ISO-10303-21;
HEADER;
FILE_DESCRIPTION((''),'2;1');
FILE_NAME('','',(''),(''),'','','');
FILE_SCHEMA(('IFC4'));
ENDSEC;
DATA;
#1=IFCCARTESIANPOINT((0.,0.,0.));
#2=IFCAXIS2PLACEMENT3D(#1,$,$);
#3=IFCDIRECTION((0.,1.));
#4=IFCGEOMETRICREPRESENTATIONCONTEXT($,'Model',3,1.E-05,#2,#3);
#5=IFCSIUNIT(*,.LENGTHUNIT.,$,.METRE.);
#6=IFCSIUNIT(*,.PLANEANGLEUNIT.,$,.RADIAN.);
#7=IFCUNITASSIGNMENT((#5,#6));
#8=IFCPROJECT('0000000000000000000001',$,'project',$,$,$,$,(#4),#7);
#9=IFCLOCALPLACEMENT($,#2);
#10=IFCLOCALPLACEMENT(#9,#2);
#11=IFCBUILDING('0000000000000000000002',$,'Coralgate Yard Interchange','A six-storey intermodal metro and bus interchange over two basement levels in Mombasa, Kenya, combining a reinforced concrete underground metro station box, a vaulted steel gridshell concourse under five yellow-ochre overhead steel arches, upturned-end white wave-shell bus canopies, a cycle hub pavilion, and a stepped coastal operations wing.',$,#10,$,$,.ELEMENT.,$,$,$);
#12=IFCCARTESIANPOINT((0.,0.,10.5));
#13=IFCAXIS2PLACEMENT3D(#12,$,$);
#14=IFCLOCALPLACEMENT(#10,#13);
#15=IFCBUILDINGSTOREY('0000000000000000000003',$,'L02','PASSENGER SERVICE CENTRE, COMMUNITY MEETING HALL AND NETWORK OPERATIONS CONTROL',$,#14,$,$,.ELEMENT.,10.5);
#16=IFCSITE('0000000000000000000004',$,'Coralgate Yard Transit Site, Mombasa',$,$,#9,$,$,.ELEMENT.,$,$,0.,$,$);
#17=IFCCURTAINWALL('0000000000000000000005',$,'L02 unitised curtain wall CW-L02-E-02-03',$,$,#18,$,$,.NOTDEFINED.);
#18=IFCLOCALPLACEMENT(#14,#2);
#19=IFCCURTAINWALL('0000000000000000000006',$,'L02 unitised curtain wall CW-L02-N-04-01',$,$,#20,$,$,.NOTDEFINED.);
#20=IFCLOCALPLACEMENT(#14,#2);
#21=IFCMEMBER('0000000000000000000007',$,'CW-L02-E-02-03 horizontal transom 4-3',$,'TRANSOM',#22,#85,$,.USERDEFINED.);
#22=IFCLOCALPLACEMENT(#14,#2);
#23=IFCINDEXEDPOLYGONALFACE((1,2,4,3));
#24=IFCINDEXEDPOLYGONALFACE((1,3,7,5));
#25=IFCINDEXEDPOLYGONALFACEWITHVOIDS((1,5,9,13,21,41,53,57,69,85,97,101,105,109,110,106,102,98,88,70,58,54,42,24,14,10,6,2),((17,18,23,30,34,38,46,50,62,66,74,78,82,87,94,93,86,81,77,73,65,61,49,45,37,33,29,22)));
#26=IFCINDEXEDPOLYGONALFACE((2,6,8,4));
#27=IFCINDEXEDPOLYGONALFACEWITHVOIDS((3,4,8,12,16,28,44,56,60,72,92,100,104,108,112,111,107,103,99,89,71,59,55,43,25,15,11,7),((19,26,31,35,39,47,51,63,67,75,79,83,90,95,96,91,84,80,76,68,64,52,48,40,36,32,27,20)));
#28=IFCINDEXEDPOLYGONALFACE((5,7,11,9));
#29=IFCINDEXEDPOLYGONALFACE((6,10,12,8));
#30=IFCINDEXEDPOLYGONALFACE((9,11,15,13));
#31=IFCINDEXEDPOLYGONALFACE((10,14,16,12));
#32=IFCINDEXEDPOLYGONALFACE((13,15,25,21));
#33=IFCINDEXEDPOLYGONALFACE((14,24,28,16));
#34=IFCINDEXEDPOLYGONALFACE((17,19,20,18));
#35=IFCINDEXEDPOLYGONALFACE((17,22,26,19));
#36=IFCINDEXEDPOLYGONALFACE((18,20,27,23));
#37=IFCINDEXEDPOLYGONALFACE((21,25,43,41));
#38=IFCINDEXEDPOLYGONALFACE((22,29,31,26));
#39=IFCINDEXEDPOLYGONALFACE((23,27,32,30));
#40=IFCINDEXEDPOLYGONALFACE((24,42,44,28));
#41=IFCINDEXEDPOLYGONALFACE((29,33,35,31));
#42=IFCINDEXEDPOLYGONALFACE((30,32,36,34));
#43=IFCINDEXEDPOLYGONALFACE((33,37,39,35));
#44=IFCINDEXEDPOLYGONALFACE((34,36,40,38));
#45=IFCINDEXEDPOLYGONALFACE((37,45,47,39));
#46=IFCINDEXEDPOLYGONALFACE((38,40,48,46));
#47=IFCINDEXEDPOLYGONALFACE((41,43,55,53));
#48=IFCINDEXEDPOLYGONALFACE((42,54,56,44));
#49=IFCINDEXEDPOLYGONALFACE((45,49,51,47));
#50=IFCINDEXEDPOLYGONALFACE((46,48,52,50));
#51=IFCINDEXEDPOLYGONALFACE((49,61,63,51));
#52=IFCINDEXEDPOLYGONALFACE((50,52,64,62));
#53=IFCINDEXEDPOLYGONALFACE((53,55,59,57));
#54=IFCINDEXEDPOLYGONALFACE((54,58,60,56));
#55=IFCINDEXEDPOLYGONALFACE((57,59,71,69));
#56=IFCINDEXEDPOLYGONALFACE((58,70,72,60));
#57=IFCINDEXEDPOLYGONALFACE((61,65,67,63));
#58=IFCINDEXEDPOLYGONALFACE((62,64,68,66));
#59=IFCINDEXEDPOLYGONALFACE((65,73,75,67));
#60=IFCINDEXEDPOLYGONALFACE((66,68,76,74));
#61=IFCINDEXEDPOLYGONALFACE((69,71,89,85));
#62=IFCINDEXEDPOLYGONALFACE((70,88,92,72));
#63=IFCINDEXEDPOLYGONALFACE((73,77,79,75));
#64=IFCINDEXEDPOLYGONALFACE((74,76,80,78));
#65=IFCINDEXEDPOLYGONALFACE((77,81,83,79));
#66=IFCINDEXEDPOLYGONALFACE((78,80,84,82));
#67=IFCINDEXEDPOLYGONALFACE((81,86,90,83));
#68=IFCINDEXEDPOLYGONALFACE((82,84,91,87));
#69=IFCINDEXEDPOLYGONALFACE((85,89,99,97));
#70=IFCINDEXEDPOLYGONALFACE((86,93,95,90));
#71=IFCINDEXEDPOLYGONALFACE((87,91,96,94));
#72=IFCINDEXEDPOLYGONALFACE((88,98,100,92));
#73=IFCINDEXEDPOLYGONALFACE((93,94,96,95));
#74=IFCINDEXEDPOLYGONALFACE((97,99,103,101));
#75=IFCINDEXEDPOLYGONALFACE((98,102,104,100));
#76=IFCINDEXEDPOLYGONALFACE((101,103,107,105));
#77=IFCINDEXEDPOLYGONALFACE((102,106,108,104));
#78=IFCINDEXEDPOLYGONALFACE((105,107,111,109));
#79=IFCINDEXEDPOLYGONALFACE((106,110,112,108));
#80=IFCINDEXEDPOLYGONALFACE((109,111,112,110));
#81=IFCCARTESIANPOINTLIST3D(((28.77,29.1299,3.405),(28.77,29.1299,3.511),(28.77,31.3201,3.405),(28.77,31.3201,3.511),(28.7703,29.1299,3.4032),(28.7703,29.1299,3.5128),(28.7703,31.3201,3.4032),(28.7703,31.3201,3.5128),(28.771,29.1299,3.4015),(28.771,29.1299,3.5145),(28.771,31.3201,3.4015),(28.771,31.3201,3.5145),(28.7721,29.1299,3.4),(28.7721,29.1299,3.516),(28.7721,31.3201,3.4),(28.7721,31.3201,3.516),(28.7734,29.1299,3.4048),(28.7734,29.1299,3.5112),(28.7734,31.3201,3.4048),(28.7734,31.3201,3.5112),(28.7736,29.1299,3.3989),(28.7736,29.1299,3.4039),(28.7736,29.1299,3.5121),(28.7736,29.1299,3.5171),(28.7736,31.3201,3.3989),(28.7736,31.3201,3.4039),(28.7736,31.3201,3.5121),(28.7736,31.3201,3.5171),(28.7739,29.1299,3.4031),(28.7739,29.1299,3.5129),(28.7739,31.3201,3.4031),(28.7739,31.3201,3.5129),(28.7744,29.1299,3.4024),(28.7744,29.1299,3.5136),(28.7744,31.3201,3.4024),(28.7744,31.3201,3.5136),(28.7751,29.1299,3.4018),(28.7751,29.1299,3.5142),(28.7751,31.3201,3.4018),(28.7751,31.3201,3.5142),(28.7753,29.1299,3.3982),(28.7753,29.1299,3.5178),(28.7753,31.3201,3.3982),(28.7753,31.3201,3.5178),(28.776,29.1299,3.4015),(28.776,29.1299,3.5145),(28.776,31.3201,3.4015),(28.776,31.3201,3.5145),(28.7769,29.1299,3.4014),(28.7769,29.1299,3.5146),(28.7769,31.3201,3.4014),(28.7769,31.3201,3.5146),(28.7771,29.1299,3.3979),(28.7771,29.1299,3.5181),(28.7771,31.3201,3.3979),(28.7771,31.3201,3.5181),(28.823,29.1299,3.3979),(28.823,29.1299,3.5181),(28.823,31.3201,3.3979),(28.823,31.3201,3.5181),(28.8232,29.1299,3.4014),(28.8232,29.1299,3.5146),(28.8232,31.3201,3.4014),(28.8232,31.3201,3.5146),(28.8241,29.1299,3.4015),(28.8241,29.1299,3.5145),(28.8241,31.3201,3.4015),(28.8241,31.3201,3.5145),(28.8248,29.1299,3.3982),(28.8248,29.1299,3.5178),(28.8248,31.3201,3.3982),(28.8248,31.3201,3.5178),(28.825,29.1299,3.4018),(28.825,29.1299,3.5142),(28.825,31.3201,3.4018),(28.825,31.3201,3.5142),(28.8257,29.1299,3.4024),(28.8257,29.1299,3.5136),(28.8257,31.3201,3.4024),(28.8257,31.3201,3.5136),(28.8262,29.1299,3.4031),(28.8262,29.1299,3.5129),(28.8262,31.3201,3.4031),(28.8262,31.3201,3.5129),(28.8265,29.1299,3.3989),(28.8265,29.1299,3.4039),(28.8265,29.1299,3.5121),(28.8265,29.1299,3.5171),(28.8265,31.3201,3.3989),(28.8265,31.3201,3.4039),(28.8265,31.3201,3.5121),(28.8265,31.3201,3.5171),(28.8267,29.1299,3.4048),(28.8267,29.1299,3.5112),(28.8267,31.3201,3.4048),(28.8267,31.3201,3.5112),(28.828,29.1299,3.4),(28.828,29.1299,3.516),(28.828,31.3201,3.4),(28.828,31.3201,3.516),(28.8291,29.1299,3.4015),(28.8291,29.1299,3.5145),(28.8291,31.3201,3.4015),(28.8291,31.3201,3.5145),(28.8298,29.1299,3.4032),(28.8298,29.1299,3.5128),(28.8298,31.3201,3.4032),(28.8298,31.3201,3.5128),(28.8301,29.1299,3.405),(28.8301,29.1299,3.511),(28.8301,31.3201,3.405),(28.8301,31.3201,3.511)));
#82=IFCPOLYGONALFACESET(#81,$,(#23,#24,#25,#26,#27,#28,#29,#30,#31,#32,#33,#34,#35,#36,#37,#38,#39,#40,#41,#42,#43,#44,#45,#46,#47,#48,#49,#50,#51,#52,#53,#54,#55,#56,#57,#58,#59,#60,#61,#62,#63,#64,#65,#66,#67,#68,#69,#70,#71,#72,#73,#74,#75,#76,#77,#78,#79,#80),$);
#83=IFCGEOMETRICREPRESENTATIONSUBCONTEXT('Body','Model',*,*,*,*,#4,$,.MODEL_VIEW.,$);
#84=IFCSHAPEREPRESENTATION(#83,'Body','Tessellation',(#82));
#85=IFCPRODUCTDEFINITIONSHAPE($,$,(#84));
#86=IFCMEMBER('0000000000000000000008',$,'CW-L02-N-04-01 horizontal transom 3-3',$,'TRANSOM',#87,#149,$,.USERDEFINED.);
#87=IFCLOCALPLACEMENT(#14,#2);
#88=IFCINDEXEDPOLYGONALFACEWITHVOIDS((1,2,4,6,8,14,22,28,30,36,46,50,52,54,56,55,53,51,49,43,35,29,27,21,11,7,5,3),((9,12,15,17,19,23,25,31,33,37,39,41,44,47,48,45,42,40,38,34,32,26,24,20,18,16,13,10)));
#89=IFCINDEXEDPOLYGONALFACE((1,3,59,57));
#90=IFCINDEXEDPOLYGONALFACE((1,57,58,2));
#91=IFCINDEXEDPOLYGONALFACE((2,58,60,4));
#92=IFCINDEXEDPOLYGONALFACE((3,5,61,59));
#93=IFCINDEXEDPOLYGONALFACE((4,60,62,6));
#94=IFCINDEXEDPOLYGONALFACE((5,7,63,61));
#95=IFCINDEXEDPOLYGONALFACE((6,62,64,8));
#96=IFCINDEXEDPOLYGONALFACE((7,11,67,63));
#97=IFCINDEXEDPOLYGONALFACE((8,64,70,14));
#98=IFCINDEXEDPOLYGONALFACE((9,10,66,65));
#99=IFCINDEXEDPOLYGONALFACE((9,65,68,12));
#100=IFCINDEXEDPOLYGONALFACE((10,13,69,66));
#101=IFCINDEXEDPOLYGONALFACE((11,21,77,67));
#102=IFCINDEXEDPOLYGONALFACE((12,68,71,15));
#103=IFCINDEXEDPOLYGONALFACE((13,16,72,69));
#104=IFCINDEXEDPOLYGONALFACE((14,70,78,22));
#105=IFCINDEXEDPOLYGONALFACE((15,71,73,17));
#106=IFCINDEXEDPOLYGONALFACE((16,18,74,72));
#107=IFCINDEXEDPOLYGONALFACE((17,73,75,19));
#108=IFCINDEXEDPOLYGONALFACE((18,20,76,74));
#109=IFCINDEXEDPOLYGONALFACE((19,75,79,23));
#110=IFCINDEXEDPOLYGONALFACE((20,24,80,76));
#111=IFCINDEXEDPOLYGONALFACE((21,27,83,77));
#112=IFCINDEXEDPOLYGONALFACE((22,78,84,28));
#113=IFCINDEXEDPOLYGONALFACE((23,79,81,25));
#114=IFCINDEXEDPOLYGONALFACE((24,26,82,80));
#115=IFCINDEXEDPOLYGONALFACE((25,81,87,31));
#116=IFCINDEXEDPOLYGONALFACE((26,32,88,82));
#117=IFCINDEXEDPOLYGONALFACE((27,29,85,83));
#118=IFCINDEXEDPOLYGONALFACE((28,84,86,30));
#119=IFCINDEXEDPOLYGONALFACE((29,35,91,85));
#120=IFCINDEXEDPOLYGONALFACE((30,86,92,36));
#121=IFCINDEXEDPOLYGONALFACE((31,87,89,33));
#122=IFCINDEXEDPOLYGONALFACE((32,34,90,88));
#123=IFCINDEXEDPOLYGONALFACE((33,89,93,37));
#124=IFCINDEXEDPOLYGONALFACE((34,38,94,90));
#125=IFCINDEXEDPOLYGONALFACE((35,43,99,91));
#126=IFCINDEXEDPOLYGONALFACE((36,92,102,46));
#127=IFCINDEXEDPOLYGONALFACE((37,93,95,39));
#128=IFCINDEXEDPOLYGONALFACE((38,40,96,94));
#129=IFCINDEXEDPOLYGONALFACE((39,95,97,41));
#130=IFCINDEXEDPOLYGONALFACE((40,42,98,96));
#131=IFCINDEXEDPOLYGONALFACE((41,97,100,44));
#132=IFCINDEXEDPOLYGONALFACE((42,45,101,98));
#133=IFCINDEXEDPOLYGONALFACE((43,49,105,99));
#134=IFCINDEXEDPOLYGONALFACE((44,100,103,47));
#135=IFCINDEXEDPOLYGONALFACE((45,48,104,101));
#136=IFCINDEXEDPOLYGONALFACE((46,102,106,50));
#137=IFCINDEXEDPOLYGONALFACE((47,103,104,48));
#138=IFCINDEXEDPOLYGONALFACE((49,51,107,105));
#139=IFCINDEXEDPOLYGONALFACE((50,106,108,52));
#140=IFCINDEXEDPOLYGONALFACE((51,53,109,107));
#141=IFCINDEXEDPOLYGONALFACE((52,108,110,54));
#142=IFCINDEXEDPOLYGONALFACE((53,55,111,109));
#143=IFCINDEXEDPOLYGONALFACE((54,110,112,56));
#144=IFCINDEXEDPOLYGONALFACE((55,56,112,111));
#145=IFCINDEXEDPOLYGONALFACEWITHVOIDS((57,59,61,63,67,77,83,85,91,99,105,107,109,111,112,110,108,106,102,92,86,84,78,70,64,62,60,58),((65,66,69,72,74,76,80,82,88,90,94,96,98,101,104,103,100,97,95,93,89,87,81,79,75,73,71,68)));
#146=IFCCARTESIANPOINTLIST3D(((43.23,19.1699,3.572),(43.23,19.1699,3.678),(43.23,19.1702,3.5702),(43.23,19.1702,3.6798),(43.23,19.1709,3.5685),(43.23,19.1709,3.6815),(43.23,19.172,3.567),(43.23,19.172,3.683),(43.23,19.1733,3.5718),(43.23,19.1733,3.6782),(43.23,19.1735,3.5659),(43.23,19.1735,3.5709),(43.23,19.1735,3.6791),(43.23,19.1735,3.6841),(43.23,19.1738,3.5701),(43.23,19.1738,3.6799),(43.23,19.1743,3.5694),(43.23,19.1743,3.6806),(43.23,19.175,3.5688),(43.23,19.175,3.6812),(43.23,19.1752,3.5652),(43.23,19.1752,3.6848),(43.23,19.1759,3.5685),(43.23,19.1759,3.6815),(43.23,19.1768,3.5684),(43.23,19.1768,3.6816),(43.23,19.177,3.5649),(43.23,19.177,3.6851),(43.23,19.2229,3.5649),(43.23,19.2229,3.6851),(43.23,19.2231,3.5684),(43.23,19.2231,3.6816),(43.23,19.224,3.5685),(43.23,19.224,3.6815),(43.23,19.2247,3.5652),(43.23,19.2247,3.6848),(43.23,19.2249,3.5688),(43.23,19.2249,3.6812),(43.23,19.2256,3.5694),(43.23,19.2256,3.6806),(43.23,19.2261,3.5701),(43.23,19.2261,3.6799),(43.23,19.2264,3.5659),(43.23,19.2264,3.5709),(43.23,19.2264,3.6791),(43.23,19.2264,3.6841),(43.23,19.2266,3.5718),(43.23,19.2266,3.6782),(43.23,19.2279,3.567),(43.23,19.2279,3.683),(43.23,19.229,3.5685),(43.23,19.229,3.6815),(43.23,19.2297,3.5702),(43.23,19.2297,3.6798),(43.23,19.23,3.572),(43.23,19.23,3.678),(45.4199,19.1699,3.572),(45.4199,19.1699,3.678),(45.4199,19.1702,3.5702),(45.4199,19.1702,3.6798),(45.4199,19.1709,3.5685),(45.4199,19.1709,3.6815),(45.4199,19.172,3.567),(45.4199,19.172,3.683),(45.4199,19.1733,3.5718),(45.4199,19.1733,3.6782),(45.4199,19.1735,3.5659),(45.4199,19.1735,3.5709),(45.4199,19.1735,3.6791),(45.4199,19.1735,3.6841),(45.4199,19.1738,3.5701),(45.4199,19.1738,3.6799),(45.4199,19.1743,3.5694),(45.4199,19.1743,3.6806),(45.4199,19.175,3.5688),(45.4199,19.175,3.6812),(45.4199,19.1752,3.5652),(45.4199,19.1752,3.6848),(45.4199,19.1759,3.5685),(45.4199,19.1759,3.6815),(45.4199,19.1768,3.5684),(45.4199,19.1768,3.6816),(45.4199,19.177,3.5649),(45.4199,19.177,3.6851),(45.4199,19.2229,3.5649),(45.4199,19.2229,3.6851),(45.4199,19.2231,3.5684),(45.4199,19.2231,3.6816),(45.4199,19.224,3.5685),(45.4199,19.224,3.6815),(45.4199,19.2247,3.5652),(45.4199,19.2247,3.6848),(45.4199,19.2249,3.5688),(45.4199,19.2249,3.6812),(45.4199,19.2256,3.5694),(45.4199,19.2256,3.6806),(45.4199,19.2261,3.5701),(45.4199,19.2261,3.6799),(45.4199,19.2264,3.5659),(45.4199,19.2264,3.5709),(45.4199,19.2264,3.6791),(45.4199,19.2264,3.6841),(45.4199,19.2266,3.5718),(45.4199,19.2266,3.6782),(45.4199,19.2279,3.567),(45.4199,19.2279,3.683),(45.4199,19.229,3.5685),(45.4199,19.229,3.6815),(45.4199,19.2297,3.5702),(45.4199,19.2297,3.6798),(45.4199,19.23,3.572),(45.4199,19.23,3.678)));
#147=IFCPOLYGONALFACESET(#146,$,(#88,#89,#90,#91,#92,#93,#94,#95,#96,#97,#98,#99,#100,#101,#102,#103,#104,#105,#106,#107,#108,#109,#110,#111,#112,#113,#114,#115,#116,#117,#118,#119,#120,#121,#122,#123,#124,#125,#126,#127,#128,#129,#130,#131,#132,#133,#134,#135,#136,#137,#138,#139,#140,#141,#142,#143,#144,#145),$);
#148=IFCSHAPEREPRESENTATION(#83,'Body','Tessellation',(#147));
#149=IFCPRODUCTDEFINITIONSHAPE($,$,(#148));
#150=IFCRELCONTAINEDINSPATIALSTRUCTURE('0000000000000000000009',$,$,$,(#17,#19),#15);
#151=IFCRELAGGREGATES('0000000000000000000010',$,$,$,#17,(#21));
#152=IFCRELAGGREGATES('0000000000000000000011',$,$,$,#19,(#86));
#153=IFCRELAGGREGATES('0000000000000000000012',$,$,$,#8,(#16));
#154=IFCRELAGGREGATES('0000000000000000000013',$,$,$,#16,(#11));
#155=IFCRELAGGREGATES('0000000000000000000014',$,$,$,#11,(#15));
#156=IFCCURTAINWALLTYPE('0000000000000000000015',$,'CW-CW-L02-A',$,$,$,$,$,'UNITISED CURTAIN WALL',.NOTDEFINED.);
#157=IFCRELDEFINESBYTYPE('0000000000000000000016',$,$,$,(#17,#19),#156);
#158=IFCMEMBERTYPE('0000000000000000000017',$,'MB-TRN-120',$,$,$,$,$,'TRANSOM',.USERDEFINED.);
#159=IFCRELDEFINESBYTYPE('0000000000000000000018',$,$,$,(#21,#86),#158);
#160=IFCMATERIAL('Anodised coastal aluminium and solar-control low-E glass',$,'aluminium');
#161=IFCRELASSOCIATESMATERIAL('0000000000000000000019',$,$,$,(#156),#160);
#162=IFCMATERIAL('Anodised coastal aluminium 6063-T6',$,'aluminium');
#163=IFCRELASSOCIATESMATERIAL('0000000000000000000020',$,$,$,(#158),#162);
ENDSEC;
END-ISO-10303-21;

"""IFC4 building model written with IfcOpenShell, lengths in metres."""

from ifc_helpers import new_model, si_unit, direction, frame, origin, origin_2d, place, context, subcontext, project, spatial, hollow_rectangle, extrude, material, material_profile, profile_set, type_object, element, aggregate, save


model = new_model("IFC4")

# Units and contexts
model_context = context("Model", 3, precision=1e-05, world=origin(), true_north=direction((0.0, 1.0)))
body_context = subcontext(model_context, "Body", "Model", "MODEL_VIEW")
ifc_project = project(units=[si_unit("LENGTHUNIT", "METRE"), si_unit("PLANEANGLEUNIT", "RADIAN")], contexts=[model_context])

# Site, building, storey
site_placement = place(None, origin())
site = spatial("IfcSite", under=ifc_project, at=site_placement, Name="Coralgate Yard Transit Site, Mombasa", CompositionType="ELEMENT", RefElevation=0.0)
building_placement = place(site_placement, origin())
building = spatial("IfcBuilding", under=site, at=building_placement, Name="Coralgate Yard Interchange", Description="A six-storey intermodal metro and bus interchange over two basement levels in Mombasa, Kenya, combining a reinforced concrete underground metro station box, a vaulted steel gridshell concourse under five yellow-ochre overhead steel arches, upturned-end white wave-shell bus canopies, a cycle hub pavilion, and a stepped coastal operations wing.", CompositionType="ELEMENT")
storey_placement = place(building_placement, frame((0.0, 0.0, 10.5)))
storey = spatial("IfcBuildingStorey", under=building, at=storey_placement, Name="L02", Description="PASSENGER SERVICE CENTRE, COMMUNITY MEETING HALL AND NETWORK OPERATIONS CONTROL", CompositionType="ELEMENT", Elevation=10.5)

# Shared definitions
ifc_material_1 = material(Name="Anodised coastal aluminium and solar-control low-E glass", Category="aluminium")
curtain_wall_type = type_object("IfcCurtainWallType", Name="CW-CW-L02-A", ElementType="UNITISED CURTAIN WALL", PredefinedType="NOTDEFINED", material=ifc_material_1)
ifc_material_2 = material(Name="Anodised coastal aluminium 6063-T6", Category="aluminium")

# Curtain wall
curtain_wall_1_placement = place(storey_placement, origin())
curtain_wall_1 = element("IfcCurtainWall", 1, at=curtain_wall_1_placement, inside=storey, type_object=curtain_wall_type, Name="L02 unitised curtain wall CW-L02-E-02-03", PredefinedType="NOTDEFINED")

# Curtain wall
curtain_wall_2_placement = place(storey_placement, origin())
curtain_wall_2 = element("IfcCurtainWall", 2, at=curtain_wall_2_placement, inside=storey, type_object=curtain_wall_type, Name="L02 unitised curtain wall CW-L02-N-04-01", PredefinedType="NOTDEFINED")

# Members
ifc_material_profile_1 = material_profile(ifc_material_2, hollow_rectangle(XDim=0.0601, YDim=0.1201, WallThickness=0.0034, InnerFilletRadius=0.0034, OuterFilletRadius=0.0071, at=origin_2d()), Name="ALU 60x120x3.5")
ifc_profile_set_1 = profile_set([ifc_material_profile_1], Name="Anodised coastal aluminium 6063-T6")
member_type_1 = type_object("IfcMemberType", Name="MB-TRN-120", ElementType="TRANSOM", PredefinedType="USERDEFINED", material=ifc_profile_set_1)
member_1_placement = place(storey_placement, frame((28.8, 31.3201, 3.458), z_axis=(0.0, -1.0, 0.0), x_axis=(1.0, 0.0, 0.0)))
member_1 = element("IfcMember", 3, at=member_1_placement, type_object=member_type_1, Name="CW-L02-E-02-03 horizontal transom 4-3", ObjectType="TRANSOM", PredefinedType="USERDEFINED", context=body_context, shape_type="SweptSolid", body=[
    extrude(hollow_rectangle(XDim=0.0601, YDim=0.1201, WallThickness=0.0034, InnerFilletRadius=0.0034, OuterFilletRadius=0.0071, at=origin_2d()), origin(), (0.0, 0.0, 1.0), 2.1902),
])
member_2_placement = place(storey_placement, frame((43.23, 19.2, 3.625), z_axis=(1.0, 0.0, 0.0), x_axis=(0.0, 1.0, 0.0)))
member_2 = element("IfcMember", 4, at=member_2_placement, type_object=member_type_1, Name="CW-L02-N-04-01 horizontal transom 3-3", ObjectType="TRANSOM", PredefinedType="USERDEFINED", context=body_context, shape_type="SweptSolid", body=[
    extrude(hollow_rectangle(XDim=0.0601, YDim=0.1201, WallThickness=0.0034, InnerFilletRadius=0.0034, OuterFilletRadius=0.0071, at=origin_2d()), origin(), (0.0, 0.0, 1.0), 2.1899),
])

aggregate(curtain_wall_1, [member_1])
aggregate(curtain_wall_2, [member_2])

save(model, "model.ifc")
